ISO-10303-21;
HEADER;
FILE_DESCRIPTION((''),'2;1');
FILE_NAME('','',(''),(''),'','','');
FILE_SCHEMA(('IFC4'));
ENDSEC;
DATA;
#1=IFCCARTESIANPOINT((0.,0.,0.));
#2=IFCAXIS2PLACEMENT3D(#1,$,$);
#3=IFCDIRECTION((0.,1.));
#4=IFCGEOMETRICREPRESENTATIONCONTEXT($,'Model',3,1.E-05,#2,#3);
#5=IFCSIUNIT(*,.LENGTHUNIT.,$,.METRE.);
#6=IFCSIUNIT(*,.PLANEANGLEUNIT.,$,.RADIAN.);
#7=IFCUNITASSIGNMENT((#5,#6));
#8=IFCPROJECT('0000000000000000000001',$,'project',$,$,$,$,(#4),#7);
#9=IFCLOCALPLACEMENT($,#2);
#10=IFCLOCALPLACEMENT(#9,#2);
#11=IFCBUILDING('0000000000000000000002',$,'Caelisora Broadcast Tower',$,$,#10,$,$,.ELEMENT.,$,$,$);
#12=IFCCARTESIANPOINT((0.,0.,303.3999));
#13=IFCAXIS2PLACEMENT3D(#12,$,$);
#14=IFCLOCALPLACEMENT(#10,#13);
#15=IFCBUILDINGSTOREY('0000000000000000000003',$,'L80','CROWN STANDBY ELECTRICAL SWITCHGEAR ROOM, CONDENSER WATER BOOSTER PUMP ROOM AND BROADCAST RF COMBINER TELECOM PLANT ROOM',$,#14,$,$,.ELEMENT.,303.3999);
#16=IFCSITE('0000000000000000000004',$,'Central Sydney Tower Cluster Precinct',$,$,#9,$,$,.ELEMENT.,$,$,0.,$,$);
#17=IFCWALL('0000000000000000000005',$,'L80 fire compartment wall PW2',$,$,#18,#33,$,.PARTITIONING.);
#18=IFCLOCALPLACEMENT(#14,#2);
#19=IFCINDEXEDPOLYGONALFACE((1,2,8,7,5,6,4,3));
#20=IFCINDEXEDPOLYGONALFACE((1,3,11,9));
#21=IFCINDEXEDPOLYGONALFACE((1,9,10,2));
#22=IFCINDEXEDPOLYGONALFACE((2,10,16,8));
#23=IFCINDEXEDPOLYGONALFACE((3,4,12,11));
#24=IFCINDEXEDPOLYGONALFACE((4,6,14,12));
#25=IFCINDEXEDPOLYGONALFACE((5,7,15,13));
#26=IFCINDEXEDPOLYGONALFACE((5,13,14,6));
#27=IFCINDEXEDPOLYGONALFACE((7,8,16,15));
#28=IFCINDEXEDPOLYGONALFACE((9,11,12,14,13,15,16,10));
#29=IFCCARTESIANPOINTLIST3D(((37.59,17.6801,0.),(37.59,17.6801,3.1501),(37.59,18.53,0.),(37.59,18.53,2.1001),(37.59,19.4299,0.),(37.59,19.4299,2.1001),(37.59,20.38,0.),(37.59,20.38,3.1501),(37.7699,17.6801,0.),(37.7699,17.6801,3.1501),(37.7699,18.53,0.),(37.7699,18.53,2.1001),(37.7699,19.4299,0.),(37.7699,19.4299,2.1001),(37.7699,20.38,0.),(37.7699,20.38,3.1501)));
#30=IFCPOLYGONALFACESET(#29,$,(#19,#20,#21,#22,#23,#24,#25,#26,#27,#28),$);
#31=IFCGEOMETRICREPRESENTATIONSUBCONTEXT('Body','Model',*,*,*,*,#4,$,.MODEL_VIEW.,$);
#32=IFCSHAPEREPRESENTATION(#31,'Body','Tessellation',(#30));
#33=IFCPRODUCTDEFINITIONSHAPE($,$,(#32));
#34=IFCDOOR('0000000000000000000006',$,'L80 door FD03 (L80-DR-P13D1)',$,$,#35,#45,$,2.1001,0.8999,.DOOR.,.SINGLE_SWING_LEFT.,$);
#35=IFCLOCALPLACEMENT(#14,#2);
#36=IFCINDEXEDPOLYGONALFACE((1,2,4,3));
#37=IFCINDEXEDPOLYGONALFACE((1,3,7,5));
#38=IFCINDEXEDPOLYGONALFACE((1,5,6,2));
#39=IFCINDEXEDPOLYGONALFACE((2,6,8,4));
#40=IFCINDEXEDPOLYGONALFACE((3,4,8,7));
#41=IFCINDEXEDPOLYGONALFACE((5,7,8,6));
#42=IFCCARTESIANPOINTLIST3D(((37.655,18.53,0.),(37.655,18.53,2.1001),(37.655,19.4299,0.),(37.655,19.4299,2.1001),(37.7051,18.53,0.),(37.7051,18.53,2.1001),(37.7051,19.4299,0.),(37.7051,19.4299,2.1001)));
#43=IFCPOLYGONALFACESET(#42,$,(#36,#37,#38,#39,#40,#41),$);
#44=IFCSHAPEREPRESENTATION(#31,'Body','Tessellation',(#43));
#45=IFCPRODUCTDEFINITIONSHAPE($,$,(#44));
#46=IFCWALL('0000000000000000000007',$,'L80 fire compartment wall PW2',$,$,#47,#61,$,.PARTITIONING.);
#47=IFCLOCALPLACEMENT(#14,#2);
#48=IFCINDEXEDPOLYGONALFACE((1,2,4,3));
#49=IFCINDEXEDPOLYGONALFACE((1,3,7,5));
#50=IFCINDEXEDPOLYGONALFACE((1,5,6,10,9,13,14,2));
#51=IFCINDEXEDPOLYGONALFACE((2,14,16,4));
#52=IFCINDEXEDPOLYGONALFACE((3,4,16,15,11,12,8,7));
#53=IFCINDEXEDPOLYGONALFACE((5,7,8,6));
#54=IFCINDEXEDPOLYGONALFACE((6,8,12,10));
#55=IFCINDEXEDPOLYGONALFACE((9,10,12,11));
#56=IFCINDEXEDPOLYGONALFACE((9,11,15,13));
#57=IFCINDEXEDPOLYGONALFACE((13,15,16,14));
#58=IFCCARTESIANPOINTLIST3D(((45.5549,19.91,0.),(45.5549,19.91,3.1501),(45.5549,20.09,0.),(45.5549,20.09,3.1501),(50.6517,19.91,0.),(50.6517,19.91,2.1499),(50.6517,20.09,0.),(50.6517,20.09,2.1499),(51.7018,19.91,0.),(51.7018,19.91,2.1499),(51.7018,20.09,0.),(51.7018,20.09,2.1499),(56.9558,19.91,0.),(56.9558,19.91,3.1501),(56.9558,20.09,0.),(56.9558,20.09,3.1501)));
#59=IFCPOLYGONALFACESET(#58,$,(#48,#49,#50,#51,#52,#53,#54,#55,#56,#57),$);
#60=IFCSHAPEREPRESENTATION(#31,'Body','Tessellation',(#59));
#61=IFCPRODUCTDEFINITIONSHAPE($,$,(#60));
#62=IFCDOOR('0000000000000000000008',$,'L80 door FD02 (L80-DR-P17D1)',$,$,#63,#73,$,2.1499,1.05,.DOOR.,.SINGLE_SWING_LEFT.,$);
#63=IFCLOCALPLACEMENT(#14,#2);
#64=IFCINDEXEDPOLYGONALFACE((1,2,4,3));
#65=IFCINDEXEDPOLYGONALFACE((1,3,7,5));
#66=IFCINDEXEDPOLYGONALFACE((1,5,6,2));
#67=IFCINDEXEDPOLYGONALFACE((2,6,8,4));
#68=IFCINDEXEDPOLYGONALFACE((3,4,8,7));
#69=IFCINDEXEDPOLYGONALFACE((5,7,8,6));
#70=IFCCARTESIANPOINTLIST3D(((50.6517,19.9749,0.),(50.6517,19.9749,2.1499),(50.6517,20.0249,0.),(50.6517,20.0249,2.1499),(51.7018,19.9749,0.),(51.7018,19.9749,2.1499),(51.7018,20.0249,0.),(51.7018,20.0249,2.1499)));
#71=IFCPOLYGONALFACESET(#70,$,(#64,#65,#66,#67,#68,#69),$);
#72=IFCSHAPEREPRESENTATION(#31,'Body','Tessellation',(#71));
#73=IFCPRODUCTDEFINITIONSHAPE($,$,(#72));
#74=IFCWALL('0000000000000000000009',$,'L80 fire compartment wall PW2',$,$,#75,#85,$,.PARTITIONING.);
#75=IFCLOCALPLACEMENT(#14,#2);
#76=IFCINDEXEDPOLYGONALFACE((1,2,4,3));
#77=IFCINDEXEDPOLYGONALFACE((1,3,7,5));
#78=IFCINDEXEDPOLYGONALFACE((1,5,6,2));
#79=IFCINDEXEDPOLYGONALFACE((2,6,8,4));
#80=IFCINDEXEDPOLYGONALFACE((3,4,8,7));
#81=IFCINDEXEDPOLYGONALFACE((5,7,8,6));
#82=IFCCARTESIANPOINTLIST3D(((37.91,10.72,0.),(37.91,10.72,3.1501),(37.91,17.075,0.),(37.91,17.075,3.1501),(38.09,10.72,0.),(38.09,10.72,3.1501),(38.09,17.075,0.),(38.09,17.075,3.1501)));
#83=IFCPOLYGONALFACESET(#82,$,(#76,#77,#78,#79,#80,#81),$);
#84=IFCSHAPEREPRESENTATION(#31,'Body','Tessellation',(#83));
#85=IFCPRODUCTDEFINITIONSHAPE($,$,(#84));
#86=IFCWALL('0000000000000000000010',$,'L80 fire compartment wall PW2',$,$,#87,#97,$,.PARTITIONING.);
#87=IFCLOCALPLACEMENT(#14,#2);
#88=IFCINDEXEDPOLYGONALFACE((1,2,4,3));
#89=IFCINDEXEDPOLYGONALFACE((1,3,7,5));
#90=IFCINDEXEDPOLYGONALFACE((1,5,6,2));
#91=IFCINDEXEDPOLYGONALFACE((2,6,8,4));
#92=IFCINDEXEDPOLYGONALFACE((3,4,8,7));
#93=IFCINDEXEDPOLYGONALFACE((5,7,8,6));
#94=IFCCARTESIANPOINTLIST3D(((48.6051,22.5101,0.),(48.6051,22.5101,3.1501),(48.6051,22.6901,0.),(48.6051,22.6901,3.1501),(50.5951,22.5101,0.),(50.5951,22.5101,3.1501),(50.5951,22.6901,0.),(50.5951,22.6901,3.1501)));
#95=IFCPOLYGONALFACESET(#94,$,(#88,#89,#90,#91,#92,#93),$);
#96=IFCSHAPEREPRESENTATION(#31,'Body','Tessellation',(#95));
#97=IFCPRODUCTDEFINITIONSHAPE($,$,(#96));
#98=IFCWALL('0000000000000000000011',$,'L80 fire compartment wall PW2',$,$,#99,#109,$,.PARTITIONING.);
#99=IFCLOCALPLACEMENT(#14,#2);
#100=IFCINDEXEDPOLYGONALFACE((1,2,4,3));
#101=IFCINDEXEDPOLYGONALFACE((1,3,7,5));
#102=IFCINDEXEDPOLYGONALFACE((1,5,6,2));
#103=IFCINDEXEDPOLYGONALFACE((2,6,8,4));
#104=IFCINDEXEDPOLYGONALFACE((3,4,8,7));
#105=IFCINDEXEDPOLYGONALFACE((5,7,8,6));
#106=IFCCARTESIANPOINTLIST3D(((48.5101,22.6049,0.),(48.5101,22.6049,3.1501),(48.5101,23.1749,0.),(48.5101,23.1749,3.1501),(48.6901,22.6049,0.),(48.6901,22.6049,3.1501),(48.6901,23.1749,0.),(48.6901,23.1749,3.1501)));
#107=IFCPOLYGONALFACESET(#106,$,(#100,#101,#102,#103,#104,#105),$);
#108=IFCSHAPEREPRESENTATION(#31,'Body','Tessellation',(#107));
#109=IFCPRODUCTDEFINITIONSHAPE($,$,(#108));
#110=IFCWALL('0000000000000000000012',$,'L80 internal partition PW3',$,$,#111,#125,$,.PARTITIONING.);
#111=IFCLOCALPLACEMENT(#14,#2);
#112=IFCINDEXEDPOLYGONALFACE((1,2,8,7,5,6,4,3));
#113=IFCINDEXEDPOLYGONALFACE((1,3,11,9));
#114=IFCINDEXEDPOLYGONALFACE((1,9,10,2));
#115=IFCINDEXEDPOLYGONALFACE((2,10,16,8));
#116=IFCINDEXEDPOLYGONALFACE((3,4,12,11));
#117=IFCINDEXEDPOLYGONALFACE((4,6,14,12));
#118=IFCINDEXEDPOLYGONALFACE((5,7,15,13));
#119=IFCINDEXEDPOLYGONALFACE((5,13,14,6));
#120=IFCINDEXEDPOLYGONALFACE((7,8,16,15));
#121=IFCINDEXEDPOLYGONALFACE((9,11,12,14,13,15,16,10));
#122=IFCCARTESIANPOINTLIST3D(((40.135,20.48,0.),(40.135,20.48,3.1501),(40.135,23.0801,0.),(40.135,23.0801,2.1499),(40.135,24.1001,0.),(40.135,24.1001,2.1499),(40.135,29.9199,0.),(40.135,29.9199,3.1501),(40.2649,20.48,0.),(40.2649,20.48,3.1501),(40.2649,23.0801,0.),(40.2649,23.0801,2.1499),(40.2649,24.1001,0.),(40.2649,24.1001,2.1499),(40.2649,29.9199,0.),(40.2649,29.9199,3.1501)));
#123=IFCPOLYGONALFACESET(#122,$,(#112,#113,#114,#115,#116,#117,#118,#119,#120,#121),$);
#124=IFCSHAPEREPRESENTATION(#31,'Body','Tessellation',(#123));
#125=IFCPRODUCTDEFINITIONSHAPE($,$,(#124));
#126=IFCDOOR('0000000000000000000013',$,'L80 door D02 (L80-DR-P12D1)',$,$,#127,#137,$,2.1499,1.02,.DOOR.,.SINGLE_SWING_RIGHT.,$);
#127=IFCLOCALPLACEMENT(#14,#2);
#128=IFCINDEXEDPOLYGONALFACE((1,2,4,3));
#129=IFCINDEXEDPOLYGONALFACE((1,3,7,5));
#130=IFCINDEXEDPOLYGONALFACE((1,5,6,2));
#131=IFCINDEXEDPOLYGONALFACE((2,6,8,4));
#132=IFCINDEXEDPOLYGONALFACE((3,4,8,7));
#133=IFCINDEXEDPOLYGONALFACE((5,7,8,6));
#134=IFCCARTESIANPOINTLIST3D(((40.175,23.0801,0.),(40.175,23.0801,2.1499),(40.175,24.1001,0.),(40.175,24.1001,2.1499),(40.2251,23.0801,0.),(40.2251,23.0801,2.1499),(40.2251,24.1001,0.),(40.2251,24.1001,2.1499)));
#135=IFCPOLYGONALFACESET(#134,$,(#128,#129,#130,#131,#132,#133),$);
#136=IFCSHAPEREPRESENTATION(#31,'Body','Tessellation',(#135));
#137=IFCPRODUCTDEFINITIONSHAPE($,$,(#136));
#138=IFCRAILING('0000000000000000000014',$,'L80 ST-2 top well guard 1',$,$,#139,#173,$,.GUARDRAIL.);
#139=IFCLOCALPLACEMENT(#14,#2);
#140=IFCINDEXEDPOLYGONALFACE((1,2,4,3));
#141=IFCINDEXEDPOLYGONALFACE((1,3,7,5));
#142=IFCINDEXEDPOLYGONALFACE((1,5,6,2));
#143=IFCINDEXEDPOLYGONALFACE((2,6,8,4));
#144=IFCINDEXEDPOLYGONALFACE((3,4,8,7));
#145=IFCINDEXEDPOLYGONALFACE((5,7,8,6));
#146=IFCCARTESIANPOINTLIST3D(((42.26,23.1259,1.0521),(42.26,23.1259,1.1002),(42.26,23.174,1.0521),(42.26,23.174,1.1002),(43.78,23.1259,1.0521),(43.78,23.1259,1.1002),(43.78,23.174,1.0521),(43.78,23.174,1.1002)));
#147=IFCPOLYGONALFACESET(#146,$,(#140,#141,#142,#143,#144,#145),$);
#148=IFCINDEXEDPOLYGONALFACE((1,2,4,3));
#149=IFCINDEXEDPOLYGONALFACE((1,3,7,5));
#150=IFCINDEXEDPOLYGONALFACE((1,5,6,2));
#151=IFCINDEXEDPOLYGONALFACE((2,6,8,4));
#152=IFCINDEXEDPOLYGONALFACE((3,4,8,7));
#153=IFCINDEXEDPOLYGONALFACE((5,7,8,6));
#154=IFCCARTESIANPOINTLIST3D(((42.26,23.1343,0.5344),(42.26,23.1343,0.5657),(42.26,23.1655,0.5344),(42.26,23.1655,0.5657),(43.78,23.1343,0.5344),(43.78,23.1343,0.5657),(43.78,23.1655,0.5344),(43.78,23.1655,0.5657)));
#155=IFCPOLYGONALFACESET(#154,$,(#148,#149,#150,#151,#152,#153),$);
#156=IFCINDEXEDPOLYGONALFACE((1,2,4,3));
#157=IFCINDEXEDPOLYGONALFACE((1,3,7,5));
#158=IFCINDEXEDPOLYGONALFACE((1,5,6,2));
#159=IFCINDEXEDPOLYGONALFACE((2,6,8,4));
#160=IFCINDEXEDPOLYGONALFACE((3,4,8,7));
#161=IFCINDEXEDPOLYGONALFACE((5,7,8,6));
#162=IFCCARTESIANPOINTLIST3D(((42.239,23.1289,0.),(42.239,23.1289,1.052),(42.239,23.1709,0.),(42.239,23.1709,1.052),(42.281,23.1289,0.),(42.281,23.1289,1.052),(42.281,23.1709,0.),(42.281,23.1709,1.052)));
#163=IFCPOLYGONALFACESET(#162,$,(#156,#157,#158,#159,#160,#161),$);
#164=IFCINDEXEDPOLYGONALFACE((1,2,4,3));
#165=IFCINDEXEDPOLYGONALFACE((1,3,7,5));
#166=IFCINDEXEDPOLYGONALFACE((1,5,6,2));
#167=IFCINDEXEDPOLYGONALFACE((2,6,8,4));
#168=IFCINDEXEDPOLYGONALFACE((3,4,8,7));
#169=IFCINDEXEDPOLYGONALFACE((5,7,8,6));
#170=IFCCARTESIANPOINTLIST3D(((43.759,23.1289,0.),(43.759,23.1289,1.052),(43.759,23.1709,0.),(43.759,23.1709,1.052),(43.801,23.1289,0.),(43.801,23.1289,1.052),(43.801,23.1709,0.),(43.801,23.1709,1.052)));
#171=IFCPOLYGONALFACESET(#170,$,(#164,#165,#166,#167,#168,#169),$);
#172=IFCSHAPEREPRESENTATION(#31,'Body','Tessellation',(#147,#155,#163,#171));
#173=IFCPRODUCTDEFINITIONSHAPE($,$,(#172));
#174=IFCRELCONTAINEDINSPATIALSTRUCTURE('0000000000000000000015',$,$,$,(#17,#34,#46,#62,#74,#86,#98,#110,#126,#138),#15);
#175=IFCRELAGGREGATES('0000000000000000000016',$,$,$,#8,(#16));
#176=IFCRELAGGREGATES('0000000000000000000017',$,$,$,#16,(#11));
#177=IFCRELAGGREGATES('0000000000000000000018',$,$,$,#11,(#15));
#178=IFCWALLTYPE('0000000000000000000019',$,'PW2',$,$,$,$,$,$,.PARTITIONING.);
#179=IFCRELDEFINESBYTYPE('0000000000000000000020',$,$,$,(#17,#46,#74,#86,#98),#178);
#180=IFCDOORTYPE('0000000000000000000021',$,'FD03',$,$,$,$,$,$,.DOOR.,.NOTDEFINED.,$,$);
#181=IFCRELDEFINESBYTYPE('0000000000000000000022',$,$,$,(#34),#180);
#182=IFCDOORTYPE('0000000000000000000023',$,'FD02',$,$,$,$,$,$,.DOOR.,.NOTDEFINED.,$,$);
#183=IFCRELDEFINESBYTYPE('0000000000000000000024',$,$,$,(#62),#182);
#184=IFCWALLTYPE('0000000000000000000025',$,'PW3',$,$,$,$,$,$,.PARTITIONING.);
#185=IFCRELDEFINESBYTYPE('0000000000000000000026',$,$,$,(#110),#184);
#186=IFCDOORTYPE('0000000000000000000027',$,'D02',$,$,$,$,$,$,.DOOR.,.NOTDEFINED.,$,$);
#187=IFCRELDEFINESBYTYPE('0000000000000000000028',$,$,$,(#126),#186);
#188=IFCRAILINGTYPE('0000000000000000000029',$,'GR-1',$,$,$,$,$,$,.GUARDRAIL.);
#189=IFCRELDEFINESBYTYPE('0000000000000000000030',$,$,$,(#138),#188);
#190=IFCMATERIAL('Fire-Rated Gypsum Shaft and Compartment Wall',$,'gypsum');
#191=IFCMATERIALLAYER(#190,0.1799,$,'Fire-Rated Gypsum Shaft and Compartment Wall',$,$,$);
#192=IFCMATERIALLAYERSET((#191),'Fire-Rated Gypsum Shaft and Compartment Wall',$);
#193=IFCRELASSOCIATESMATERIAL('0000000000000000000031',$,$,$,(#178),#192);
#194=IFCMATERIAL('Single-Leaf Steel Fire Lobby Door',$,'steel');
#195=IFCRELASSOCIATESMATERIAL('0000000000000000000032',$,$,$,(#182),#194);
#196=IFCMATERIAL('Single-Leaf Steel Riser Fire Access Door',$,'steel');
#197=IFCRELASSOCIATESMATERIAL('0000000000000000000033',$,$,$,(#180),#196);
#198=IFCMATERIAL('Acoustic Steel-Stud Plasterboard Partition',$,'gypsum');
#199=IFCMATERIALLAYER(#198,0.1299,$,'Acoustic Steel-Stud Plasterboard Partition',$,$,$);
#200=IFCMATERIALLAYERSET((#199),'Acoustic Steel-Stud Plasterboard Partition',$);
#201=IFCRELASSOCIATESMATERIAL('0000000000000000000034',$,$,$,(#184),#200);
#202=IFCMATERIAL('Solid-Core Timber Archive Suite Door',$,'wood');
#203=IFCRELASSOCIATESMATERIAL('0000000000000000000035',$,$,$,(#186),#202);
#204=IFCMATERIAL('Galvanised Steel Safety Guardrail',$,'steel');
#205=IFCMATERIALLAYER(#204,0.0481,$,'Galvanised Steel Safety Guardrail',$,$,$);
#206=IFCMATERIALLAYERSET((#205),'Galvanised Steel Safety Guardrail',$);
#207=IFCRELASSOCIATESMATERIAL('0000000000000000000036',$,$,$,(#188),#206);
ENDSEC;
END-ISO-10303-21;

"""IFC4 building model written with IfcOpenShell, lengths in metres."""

from ifc_helpers import new_model, si_unit, direction, frame, frame_2d, origin, origin_2d, place, context, subcontext, project, spatial, rectangle, extrude, material, layer, layer_set, type_object, element, fill, save


model = new_model("IFC4")

# Units and contexts
model_context = context("Model", 3, precision=1e-05, world=origin(), true_north=direction((0.0, 1.0)))
body_context = subcontext(model_context, "Body", "Model", "MODEL_VIEW")
ifc_project = project(units=[si_unit("LENGTHUNIT", "METRE"), si_unit("PLANEANGLEUNIT", "RADIAN")], contexts=[model_context])

# Site, building, storey
site_placement = place(None, origin())
site = spatial("IfcSite", under=ifc_project, at=site_placement, Name="Central Sydney Tower Cluster Precinct", CompositionType="ELEMENT", RefElevation=0.0)
building_placement = place(site_placement, origin())
building = spatial("IfcBuilding", under=site, at=building_placement, Name="Caelisora Broadcast Tower", CompositionType="ELEMENT")
storey_placement = place(building_placement, frame((0.0, 0.0, 303.3999)))
storey = spatial("IfcBuildingStorey", under=building, at=storey_placement, Name="L80", Description="CROWN STANDBY ELECTRICAL SWITCHGEAR ROOM, CONDENSER WATER BOOSTER PUMP ROOM AND BROADCAST RF COMBINER TELECOM PLANT ROOM", CompositionType="ELEMENT", Elevation=303.3999)

# Shared definitions
ifc_material_1 = material(Name="Fire-Rated Gypsum Shaft and Compartment Wall", Category="gypsum")
ifc_layer_1 = layer(ifc_material_1, 0.1799, Name="Fire-Rated Gypsum Shaft and Compartment Wall")
ifc_layer_set_1 = layer_set([ifc_layer_1], Name="Fire-Rated Gypsum Shaft and Compartment Wall")
wall_type_1 = type_object("IfcWallType", Name="PW2", PredefinedType="PARTITIONING", material=ifc_layer_set_1)
ifc_material_2 = material(Name="Single-Leaf Steel Fire Lobby Door", Category="steel")
door_type_1 = type_object("IfcDoorType", Name="FD02", OperationType="NOTDEFINED", PredefinedType="DOOR", material=ifc_material_2)

# Walls, openings, doors
wall_1_placement = place(storey_placement, frame((37.6799, 17.6799, 0.0), z_axis=(0.0, 0.0, 1.0), x_axis=(0.0, 1.0, 0.0)))
wall_1 = element("IfcWall", 1, at=wall_1_placement, inside=storey, type_object=wall_type_1, Name="L80 fire compartment wall PW2", PredefinedType="PARTITIONING", context=body_context, shape_type="SweptSolid", body=[
    extrude(rectangle(XDim=2.7, YDim=0.1799, at=frame_2d((1.3501, 0.0))), origin(), (0.0, 0.0, 1.0), 3.1501),
])
opening_1_placement = place(wall_1_placement, frame((0.8501, 0.0, 0.0)))
opening_1 = element("IfcOpeningElement", 2, at=opening_1_placement, cuts=wall_1, PredefinedType="OPENING", context=body_context, shape_type="SweptSolid", body=[
    extrude(rectangle(XDim=0.8999, YDim=2.1001, at=frame_2d((0.45, 1.05))), frame((0.0, 0.1021, 0.0), z_axis=(0.0, -1.0, 0.0), x_axis=(1.0, 0.0, 0.0)), (0.0, 0.0, 1.0), 0.2039),
])
ifc_material_3 = material(Name="Single-Leaf Steel Riser Fire Access Door", Category="steel")
door_type_2 = type_object("IfcDoorType", Name="FD03", OperationType="NOTDEFINED", PredefinedType="DOOR", material=ifc_material_3)
door_1_placement = place(opening_1_placement, origin())
door_1 = element("IfcDoor", 3, at=door_1_placement, inside=storey, type_object=door_type_2, Name="L80 door FD03 (L80-DR-P13D1)", OperationType="SINGLE_SWING_LEFT", OverallHeight=2.1001, OverallWidth=0.8999, PredefinedType="DOOR", context=body_context, shape_type="SweptSolid", body=[
    extrude(rectangle(XDim=0.8999, YDim=2.1001, at=frame_2d((0.45, 1.05))), frame((0.0, 0.0249, 0.0), z_axis=(0.0, -1.0, 0.0), x_axis=(1.0, 0.0, 0.0)), (0.0, 0.0, 1.0), 0.05),
])
fill(opening_1, door_1)
wall_2_placement = place(storey_placement, frame((45.5549, 20.0, 0.0), z_axis=(0.0, 0.0, 1.0), x_axis=(1.0, 0.0, 0.0)))
wall_2 = element("IfcWall", 4, at=wall_2_placement, inside=storey, type_object=wall_type_1, Name="L80 fire compartment wall PW2", PredefinedType="PARTITIONING", context=body_context, shape_type="SweptSolid", body=[
    extrude(rectangle(XDim=11.4009, YDim=0.1799, at=frame_2d((5.7004, 0.0))), origin(), (0.0, 0.0, 1.0), 3.1501),
])
opening_2_placement = place(wall_2_placement, frame((5.0969, 0.0, 0.0)))
opening_2 = element("IfcOpeningElement", 5, at=opening_2_placement, cuts=wall_2, PredefinedType="OPENING", context=body_context, shape_type="SweptSolid", body=[
    extrude(rectangle(XDim=1.05, YDim=2.1499, at=frame_2d((0.5249, 1.075))), frame((0.0, 0.1021, 0.0), z_axis=(0.0, -1.0, 0.0), x_axis=(1.0, 0.0, 0.0)), (0.0, 0.0, 1.0), 0.2039),
])
door_2_placement = place(opening_2_placement, origin())
door_2 = element("IfcDoor", 6, at=door_2_placement, inside=storey, type_object=door_type_1, Name="L80 door FD02 (L80-DR-P17D1)", OperationType="SINGLE_SWING_LEFT", OverallHeight=2.1499, OverallWidth=1.05, PredefinedType="DOOR", context=body_context, shape_type="SweptSolid", body=[
    extrude(rectangle(XDim=1.05, YDim=2.1499, at=frame_2d((0.5249, 1.075))), frame((0.0, 0.0249, 0.0), z_axis=(0.0, -1.0, 0.0), x_axis=(1.0, 0.0, 0.0)), (0.0, 0.0, 1.0), 0.05),
])
fill(opening_2, door_2)

# Wall
wall_3_placement = place(storey_placement, frame((38.0, 10.72, 0.0), z_axis=(0.0, 0.0, 1.0), x_axis=(0.0, 1.0, 0.0)))
element("IfcWall", 7, at=wall_3_placement, inside=storey, type_object=wall_type_1, Name="L80 fire compartment wall PW2", PredefinedType="PARTITIONING", context=body_context, shape_type="SweptSolid", body=[
    extrude(rectangle(XDim=6.355, YDim=0.1799, at=frame_2d((3.1775, 0.0))), origin(), (0.0, 0.0, 1.0), 3.1501),
])

# Walls
wall_4_placement = place(storey_placement, frame((48.605, 22.6001, 0.0), z_axis=(0.0, 0.0, 1.0), x_axis=(1.0, 0.0, 0.0)))
element("IfcWall", 8, at=wall_4_placement, inside=storey, type_object=wall_type_1, Name="L80 fire compartment wall PW2", PredefinedType="PARTITIONING", context=body_context, shape_type="SweptSolid", body=[
    extrude(rectangle(XDim=1.99, YDim=0.1799, at=frame_2d((0.9951, 0.0))), origin(), (0.0, 0.0, 1.0), 3.1501),
])
wall_5_placement = place(storey_placement, frame((48.6001, 23.175, 0.0), z_axis=(0.0, 0.0, 1.0), x_axis=(0.0, -1.0, 0.0)))
element("IfcWall", 9, at=wall_5_placement, inside=storey, type_object=wall_type_1, Name="L80 fire compartment wall PW2", PredefinedType="PARTITIONING", context=body_context, shape_type="SweptSolid", body=[
    extrude(rectangle(XDim=0.5701, YDim=0.1799, at=frame_2d((0.2852, 0.0))), origin(), (0.0, 0.0, 1.0), 3.1501),
])

# Wall, opening, door
ifc_material_4 = material(Name="Acoustic Steel-Stud Plasterboard Partition", Category="gypsum")
ifc_layer_2 = layer(ifc_material_4, 0.1299, Name="Acoustic Steel-Stud Plasterboard Partition")
ifc_layer_set_2 = layer_set([ifc_layer_2], Name="Acoustic Steel-Stud Plasterboard Partition")
wall_type_2 = type_object("IfcWallType", Name="PW3", PredefinedType="PARTITIONING", material=ifc_layer_set_2)
wall_6_placement = place(storey_placement, frame((40.2, 20.48, 0.0), z_axis=(0.0, 0.0, 1.0), x_axis=(0.0, 1.0, 0.0)))
wall_6 = element("IfcWall", 10, at=wall_6_placement, inside=storey, type_object=wall_type_2, Name="L80 internal partition PW3", PredefinedType="PARTITIONING", context=body_context, shape_type="SweptSolid", body=[
    extrude(rectangle(XDim=9.4399, YDim=0.1299, at=frame_2d((4.72, 0.0))), origin(), (0.0, 0.0, 1.0), 3.1501),
])
opening_3_placement = place(wall_6_placement, frame((2.6001, 0.0, 0.0)))
opening_3 = element("IfcOpeningElement", 11, at=opening_3_placement, cuts=wall_6, PredefinedType="OPENING", context=body_context, shape_type="SweptSolid", body=[
    extrude(rectangle(XDim=1.02, YDim=2.1499, at=frame_2d((0.51, 1.075))), frame((0.0, 0.0769, 0.0), z_axis=(0.0, -1.0, 0.0), x_axis=(1.0, 0.0, 0.0)), (0.0, 0.0, 1.0), 0.1538),
])
ifc_material_5 = material(Name="Solid-Core Timber Archive Suite Door", Category="wood")
door_type_3 = type_object("IfcDoorType", Name="D02", OperationType="NOTDEFINED", PredefinedType="DOOR", material=ifc_material_5)
door_3_placement = place(opening_3_placement, origin())
door_3 = element("IfcDoor", 12, at=door_3_placement, inside=storey, type_object=door_type_3, Name="L80 door D02 (L80-DR-P12D1)", OperationType="SINGLE_SWING_RIGHT", OverallHeight=2.1499, OverallWidth=1.02, PredefinedType="DOOR", context=body_context, shape_type="SweptSolid", body=[
    extrude(rectangle(XDim=1.02, YDim=2.1499, at=frame_2d((0.51, 1.075))), frame((0.0, 0.0249, 0.0), z_axis=(0.0, -1.0, 0.0), x_axis=(1.0, 0.0, 0.0)), (0.0, 0.0, 1.0), 0.05),
])
fill(opening_3, door_3)

# Railing
ifc_material_6 = material(Name="Galvanised Steel Safety Guardrail", Category="steel")
ifc_layer_3 = layer(ifc_material_6, 0.0481, Name="Galvanised Steel Safety Guardrail")
ifc_layer_set_3 = layer_set([ifc_layer_3], Name="Galvanised Steel Safety Guardrail")
railing_type = type_object("IfcRailingType", Name="GR-1", PredefinedType="GUARDRAIL", material=ifc_layer_set_3)
railing_placement = place(storey_placement, frame((42.26, 23.1499, 0.0)))
element("IfcRailing", 13, at=railing_placement, inside=storey, type_object=railing_type, Name="L80 ST-2 top well guard 1", PredefinedType="GUARDRAIL", context=body_context, shape_type="SweptSolid", body=[
    extrude(rectangle(XDim=0.0481, YDim=0.0481, at=origin_2d()), frame((0.0, 0.0, 1.0762), z_axis=(1.0, 0.0, 0.0), x_axis=(0.0, 1.0, 0.0)), (0.0, 0.0, 1.0), 1.52),
    extrude(rectangle(XDim=0.0312, YDim=0.0312, at=origin_2d()), frame((0.0, 0.0, 0.55), z_axis=(1.0, 0.0, 0.0), x_axis=(0.0, 1.0, 0.0)), (0.0, 0.0, 1.0), 1.52),
    extrude(rectangle(XDim=0.042, YDim=0.042, at=origin_2d()), origin(), (0.0, 0.0, 1.0), 1.052),
    extrude(rectangle(XDim=0.042, YDim=0.042, at=origin_2d()), frame((1.52, 0.0, 0.0)), (0.0, 0.0, 1.0), 1.052),
])

save(model, "model.ifc")
